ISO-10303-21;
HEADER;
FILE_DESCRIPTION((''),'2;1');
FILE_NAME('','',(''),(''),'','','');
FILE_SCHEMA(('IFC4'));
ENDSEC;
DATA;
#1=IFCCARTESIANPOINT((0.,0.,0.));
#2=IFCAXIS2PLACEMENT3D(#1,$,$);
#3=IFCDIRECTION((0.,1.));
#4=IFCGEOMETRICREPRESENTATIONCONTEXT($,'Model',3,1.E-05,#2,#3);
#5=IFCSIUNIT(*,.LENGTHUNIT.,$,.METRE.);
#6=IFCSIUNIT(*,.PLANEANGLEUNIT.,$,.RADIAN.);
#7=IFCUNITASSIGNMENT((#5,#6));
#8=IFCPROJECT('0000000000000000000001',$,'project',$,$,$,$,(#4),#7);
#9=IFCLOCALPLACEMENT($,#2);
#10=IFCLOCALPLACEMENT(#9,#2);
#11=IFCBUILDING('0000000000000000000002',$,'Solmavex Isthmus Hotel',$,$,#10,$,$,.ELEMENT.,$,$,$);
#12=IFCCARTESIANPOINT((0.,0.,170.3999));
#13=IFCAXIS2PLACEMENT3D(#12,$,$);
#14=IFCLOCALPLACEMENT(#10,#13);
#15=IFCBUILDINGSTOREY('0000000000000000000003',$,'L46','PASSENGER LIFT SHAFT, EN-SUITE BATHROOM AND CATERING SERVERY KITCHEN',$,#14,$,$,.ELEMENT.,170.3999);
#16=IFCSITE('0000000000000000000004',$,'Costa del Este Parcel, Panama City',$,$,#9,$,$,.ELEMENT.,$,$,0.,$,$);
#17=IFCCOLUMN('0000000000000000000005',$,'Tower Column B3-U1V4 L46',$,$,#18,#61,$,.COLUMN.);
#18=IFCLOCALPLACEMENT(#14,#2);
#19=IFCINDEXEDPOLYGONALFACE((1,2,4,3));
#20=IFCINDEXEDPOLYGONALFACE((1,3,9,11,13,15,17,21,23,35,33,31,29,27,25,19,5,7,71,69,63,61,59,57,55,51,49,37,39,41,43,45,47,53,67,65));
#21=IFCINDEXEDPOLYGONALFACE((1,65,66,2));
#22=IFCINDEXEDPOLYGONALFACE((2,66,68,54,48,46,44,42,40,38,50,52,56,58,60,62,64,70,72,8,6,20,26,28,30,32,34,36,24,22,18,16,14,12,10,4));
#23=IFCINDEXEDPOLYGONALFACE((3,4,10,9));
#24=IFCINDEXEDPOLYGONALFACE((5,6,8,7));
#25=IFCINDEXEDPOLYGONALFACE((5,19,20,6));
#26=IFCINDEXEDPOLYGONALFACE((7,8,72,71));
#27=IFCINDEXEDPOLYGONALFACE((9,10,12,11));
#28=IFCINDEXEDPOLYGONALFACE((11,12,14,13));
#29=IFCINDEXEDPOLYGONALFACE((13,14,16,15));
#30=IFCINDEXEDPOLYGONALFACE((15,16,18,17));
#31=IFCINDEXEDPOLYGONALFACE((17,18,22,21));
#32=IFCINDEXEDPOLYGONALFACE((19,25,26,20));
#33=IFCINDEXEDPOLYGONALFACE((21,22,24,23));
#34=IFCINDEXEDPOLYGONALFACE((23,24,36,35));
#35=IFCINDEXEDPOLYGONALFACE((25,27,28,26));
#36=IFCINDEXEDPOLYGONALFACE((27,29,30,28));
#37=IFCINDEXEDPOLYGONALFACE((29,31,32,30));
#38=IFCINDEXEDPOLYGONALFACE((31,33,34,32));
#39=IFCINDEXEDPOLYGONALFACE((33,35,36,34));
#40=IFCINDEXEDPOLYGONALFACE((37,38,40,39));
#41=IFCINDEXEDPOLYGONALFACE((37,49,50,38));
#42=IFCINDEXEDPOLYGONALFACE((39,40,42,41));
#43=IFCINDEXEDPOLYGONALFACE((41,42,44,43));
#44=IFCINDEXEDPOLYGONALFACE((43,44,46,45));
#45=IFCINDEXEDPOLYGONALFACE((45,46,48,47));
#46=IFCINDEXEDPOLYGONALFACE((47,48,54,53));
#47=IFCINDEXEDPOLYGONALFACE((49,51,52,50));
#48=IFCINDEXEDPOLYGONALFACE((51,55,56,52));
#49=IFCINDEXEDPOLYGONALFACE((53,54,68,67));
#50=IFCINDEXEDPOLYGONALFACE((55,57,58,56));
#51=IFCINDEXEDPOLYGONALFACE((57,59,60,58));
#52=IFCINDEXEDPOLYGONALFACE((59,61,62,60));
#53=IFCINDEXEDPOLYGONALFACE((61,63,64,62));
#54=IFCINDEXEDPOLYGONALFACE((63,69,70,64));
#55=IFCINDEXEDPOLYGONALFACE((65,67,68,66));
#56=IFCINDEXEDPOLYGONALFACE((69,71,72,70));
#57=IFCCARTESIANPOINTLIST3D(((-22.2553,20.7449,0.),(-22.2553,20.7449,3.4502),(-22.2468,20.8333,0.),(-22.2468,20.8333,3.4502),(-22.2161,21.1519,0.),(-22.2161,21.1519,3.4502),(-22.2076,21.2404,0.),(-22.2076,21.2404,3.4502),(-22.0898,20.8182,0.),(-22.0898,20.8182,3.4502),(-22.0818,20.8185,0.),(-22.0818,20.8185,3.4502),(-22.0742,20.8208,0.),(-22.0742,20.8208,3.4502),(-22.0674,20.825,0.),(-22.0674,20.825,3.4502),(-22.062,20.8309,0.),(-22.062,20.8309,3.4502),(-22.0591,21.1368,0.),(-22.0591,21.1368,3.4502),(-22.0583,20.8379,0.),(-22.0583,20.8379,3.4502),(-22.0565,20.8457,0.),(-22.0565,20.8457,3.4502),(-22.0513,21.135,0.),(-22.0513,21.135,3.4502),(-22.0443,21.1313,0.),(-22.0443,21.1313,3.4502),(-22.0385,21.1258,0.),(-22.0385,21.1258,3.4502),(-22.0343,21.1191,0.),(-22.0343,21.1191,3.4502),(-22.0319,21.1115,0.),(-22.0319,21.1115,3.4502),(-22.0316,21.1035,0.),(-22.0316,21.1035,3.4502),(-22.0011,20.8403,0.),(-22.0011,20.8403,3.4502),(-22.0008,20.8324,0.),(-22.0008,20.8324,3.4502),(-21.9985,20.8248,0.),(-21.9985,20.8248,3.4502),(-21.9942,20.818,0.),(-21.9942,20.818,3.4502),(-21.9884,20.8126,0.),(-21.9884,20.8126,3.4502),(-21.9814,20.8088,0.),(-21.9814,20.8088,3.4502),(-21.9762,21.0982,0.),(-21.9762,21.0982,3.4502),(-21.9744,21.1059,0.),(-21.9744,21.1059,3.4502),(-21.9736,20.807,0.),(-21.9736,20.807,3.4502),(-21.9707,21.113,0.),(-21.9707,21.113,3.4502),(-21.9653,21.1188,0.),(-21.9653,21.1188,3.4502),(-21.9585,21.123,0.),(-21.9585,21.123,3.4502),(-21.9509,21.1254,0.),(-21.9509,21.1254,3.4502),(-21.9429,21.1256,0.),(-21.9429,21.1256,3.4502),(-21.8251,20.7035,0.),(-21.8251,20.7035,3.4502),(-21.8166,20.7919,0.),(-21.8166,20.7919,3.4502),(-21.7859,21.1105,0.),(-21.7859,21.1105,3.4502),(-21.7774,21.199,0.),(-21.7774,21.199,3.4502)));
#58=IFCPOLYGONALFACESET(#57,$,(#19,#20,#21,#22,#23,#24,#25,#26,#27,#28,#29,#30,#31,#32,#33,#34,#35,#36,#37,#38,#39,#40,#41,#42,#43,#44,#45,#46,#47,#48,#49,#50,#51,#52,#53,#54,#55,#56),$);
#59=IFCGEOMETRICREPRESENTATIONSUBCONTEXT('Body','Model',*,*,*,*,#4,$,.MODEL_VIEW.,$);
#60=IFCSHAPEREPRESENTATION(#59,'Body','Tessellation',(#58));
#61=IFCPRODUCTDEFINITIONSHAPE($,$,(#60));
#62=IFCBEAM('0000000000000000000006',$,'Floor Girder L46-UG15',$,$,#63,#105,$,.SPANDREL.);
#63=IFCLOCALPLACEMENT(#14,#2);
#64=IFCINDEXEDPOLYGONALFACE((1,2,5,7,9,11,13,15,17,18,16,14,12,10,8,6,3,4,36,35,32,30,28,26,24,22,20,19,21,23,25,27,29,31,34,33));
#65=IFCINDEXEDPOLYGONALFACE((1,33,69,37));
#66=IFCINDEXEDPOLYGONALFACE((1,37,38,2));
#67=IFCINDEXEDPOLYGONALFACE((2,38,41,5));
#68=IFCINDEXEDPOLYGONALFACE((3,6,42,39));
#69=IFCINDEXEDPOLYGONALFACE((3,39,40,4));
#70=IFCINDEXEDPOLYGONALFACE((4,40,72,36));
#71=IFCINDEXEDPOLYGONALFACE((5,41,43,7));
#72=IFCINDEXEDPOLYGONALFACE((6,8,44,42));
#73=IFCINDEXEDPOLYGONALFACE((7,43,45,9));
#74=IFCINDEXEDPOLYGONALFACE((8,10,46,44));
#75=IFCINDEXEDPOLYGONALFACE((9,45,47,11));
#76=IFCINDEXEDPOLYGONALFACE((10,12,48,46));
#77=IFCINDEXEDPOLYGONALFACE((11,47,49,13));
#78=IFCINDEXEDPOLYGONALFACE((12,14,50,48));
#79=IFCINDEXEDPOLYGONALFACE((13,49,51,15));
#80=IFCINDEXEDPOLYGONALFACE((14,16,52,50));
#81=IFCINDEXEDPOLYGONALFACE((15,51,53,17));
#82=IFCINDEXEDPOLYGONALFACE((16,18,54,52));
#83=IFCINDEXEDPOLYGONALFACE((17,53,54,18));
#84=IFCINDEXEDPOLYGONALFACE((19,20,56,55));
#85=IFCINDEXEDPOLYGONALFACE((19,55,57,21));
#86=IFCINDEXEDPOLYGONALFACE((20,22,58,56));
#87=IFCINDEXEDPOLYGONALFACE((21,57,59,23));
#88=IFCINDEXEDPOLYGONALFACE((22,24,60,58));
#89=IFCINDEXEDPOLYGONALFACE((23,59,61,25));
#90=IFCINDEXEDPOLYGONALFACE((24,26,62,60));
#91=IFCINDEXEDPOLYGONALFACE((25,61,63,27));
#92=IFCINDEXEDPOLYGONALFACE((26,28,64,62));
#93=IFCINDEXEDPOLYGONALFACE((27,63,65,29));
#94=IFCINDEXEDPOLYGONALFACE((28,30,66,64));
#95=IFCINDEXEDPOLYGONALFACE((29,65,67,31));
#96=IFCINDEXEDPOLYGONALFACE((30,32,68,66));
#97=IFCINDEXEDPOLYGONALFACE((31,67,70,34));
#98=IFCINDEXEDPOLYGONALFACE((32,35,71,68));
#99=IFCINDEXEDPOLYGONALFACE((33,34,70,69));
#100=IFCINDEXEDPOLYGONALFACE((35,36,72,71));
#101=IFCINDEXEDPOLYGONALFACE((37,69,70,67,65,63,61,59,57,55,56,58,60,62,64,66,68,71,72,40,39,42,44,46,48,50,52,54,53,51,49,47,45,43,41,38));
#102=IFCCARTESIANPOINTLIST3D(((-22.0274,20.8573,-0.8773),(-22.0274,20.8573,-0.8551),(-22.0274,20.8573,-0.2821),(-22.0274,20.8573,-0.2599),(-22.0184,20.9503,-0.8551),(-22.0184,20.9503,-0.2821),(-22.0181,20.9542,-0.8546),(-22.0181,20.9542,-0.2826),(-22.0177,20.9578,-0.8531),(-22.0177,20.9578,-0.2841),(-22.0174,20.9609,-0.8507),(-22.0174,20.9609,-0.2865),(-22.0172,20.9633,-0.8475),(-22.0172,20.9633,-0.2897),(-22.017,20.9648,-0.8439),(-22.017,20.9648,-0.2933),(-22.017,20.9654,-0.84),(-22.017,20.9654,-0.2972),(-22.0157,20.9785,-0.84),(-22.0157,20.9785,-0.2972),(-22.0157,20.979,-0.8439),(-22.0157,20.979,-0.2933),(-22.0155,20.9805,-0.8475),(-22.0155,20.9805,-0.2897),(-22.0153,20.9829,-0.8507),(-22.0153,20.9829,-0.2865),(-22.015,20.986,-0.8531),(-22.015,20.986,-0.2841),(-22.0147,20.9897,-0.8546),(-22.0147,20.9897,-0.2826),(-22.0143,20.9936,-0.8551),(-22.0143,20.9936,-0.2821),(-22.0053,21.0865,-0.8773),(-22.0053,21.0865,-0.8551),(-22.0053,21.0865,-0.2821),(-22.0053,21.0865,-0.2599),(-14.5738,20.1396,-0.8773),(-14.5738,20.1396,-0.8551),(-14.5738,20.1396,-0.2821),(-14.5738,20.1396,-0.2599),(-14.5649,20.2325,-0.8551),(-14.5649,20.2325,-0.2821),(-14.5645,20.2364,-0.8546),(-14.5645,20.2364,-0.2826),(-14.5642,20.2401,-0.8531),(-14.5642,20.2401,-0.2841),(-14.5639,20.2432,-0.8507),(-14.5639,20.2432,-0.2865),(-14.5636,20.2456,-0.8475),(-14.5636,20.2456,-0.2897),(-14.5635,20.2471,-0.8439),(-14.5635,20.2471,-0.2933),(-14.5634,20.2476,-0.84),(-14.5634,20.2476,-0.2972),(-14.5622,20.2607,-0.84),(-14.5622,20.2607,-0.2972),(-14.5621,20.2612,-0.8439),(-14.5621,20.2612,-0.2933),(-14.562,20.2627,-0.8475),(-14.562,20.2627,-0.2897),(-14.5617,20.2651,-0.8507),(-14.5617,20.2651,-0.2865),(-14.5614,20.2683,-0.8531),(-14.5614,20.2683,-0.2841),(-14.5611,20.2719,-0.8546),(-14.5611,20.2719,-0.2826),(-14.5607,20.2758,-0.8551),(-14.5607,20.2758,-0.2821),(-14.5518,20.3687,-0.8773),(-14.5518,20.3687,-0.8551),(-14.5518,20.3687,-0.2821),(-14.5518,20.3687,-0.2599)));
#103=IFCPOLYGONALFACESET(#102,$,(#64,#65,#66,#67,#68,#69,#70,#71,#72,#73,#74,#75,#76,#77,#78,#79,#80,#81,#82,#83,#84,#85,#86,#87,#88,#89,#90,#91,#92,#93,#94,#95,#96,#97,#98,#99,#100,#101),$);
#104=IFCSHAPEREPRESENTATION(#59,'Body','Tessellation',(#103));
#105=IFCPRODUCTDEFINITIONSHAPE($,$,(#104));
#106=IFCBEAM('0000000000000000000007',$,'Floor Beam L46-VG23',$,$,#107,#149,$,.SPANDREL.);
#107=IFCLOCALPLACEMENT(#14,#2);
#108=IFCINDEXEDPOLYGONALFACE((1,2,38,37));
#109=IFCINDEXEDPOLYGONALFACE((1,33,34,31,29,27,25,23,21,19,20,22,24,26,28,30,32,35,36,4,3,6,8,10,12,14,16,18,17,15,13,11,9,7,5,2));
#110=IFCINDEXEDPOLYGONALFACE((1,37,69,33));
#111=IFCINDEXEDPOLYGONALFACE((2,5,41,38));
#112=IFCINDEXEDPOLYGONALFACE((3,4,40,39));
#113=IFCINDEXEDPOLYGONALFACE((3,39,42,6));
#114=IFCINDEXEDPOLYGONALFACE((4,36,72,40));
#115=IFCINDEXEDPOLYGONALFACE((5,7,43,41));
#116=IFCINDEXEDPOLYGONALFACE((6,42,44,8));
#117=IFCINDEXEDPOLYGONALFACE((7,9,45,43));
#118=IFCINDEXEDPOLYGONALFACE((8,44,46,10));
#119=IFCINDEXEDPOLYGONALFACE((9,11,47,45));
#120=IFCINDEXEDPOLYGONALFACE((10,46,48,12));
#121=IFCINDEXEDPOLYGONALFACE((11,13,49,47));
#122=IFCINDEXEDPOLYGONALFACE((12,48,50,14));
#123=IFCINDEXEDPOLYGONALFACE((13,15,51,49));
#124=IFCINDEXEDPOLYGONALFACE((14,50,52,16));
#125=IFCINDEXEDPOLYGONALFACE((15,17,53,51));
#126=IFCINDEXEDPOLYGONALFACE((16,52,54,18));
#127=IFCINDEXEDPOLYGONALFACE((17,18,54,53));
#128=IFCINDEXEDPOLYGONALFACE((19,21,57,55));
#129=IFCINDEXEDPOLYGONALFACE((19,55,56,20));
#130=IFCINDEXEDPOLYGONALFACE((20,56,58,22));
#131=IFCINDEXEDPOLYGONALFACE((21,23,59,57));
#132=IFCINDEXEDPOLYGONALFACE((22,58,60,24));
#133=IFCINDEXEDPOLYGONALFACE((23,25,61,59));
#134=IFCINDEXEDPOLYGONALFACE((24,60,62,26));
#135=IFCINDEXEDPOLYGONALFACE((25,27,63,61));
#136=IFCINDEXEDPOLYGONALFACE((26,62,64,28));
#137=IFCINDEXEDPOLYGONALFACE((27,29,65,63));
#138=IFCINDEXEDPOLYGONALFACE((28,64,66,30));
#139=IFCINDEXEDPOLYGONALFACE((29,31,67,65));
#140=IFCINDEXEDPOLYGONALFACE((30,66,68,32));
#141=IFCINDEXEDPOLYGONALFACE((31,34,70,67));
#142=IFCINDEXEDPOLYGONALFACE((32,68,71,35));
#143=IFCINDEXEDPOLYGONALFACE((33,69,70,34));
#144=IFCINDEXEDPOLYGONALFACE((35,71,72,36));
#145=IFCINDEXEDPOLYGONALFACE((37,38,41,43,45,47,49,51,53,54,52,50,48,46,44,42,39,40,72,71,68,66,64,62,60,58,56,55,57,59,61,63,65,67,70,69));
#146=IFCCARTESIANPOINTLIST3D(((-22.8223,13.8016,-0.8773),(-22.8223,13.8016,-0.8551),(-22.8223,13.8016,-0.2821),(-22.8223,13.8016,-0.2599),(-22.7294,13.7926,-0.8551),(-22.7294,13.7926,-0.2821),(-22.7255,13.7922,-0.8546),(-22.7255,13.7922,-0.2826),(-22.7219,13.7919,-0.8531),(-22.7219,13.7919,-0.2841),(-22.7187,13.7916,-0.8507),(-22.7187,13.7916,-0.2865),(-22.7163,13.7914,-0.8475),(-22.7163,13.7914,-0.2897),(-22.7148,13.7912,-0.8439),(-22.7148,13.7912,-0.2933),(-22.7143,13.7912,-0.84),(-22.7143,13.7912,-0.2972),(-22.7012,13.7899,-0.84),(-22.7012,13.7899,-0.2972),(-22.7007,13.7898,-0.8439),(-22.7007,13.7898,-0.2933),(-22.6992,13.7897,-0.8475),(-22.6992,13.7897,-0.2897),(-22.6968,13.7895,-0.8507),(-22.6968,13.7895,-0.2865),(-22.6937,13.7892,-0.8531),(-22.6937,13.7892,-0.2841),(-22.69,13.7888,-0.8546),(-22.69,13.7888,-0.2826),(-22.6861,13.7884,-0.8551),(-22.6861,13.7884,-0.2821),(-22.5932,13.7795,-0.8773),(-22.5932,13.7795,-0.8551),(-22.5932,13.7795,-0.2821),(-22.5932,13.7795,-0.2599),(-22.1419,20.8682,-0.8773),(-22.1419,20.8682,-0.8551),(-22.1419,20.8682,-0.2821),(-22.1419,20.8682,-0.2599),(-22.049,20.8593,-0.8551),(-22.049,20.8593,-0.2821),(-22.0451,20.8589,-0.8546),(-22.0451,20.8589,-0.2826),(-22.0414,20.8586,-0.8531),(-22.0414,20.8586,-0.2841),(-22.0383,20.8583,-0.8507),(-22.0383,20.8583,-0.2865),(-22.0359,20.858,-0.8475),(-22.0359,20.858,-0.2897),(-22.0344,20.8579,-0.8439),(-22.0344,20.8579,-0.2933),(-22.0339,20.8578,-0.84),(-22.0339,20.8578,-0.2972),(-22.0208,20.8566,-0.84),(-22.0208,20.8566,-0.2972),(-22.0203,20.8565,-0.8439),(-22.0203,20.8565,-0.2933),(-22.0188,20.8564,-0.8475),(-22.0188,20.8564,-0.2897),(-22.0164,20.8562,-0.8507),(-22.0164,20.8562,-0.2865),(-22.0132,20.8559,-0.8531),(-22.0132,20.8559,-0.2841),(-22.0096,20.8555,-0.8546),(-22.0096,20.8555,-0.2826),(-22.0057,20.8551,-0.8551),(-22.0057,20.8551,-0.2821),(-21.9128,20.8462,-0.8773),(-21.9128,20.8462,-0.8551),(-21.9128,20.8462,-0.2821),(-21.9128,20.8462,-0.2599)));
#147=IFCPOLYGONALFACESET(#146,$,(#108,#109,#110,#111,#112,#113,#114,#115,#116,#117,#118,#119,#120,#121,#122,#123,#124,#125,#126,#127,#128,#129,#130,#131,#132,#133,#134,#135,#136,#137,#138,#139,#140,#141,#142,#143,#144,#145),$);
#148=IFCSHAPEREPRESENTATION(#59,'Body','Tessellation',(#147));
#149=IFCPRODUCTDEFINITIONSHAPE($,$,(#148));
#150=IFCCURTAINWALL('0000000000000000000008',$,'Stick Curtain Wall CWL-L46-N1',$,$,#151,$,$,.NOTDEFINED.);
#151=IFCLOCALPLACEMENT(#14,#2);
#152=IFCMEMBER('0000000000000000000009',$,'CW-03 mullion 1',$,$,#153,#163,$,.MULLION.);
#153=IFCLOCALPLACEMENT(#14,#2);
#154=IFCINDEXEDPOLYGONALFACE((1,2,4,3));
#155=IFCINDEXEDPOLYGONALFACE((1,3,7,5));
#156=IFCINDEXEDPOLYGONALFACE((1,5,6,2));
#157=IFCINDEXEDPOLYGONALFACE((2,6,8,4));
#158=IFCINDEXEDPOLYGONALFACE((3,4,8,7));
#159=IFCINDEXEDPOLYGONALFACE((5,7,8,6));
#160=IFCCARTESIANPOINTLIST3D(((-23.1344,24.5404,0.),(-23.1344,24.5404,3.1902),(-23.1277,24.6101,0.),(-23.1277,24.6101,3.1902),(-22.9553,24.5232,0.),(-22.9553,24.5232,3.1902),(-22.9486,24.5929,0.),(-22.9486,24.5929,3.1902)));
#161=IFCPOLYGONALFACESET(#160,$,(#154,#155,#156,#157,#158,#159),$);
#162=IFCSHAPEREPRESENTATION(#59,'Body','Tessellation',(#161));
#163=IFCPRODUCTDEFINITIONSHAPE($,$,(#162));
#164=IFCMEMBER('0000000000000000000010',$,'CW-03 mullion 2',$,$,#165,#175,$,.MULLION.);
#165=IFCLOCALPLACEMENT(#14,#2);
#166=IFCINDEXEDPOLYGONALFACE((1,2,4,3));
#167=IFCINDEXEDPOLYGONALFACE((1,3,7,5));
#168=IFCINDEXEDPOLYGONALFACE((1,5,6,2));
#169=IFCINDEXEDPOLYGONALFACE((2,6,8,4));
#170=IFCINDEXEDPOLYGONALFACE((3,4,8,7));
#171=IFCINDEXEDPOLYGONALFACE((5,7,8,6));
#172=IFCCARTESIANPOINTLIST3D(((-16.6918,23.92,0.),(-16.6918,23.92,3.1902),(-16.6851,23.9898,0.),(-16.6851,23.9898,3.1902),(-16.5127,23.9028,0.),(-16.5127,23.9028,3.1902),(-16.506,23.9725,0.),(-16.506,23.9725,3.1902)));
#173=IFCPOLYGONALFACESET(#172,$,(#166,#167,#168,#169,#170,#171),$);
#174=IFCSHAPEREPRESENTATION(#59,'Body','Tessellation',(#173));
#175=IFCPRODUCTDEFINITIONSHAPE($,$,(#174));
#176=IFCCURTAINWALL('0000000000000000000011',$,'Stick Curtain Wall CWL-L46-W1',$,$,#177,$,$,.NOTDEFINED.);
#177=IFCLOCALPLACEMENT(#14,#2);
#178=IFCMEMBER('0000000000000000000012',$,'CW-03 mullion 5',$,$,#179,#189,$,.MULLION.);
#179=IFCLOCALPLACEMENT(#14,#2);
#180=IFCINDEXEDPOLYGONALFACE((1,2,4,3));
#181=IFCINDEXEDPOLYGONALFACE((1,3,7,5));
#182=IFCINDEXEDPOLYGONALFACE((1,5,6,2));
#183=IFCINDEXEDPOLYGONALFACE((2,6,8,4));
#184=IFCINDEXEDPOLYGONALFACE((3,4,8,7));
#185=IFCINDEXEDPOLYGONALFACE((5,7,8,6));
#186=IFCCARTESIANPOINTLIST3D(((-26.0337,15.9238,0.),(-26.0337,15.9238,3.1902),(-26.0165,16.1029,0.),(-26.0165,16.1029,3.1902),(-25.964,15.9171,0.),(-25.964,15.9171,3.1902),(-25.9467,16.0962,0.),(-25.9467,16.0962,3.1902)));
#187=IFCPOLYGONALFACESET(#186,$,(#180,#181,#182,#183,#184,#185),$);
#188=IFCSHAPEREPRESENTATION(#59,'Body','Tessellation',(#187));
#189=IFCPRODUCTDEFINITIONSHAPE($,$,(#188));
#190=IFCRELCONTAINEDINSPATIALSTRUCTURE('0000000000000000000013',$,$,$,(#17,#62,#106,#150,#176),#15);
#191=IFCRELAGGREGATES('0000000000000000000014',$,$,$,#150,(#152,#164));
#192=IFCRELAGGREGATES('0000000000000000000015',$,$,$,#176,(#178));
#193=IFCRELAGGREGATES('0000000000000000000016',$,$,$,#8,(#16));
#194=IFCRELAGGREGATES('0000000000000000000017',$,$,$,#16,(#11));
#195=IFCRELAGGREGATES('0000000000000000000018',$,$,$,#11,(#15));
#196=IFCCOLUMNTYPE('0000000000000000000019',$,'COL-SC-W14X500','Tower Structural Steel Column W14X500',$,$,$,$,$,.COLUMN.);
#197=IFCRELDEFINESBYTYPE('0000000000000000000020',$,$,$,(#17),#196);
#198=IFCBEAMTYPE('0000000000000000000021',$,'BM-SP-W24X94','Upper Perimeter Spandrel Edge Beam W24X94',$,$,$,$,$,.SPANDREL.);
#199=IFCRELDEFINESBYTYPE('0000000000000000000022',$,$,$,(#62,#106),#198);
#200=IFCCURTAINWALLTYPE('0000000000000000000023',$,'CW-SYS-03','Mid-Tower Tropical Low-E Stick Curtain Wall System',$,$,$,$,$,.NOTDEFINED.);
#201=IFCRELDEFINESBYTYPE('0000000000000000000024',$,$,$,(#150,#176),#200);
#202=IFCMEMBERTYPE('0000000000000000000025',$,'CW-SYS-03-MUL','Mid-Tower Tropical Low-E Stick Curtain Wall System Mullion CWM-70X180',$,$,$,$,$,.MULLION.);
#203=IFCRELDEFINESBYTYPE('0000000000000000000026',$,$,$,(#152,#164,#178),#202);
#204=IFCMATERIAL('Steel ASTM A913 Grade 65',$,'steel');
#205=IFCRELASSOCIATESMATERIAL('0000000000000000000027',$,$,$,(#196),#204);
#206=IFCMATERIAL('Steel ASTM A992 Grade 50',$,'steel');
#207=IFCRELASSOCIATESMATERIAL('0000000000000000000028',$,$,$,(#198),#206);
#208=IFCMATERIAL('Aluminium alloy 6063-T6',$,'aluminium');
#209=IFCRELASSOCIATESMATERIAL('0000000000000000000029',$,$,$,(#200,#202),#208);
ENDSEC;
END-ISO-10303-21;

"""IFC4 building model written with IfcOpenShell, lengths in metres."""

from ifc_helpers import new_model, si_unit, direction, frame, origin, origin_2d, place, context, subcontext, project, spatial, rectangle, i_section, extrude, material, material_profile, profile_set, type_object, element, aggregate, save


model = new_model("IFC4")

# Units and contexts
model_context = context("Model", 3, precision=1e-05, world=origin(), true_north=direction((0.0, 1.0)))
body_context = subcontext(model_context, "Body", "Model", "MODEL_VIEW")
ifc_project = project(units=[si_unit("LENGTHUNIT", "METRE"), si_unit("PLANEANGLEUNIT", "RADIAN")], contexts=[model_context])

# Site, building, storey
site_placement = place(None, origin())
site = spatial("IfcSite", under=ifc_project, at=site_placement, Name="Costa del Este Parcel, Panama City", CompositionType="ELEMENT", RefElevation=0.0)
building_placement = place(site_placement, origin())
building = spatial("IfcBuilding", under=site, at=building_placement, Name="Solmavex Isthmus Hotel", CompositionType="ELEMENT")
storey_placement = place(building_placement, frame((0.0, 0.0, 170.3999)))
storey = spatial("IfcBuildingStorey", under=building, at=storey_placement, Name="L46", Description="PASSENGER LIFT SHAFT, EN-SUITE BATHROOM AND CATERING SERVERY KITCHEN", CompositionType="ELEMENT", Elevation=170.3999)

# Column
ifc_material_1 = material(Name="Steel ASTM A913 Grade 65", Category="steel")
ifc_material_profile_1 = material_profile(ifc_material_1, i_section(OverallWidth=0.4321, OverallDepth=0.4978, WebThickness=0.0557, FlangeThickness=0.0889, FilletRadius=0.0305, at=origin_2d()), Name="W14X500")
ifc_profile_set_1 = profile_set([ifc_material_profile_1], Name="Steel ASTM A913 Grade 65")
column_type = type_object("IfcColumnType", Name="COL-SC-W14X500", Description="Tower Structural Steel Column W14X500", PredefinedType="COLUMN", material=ifc_profile_set_1)
column_placement = place(storey_placement, frame((-22.0164, 20.9719, 0.0), z_axis=(0.0, 0.0, 1.0), x_axis=(0.995396, -0.095846, 0.0)))
element("IfcColumn", 1, at=column_placement, inside=storey, type_object=column_type, Name="Tower Column B3-U1V4 L46", PredefinedType="COLUMN", context=body_context, shape_type="SweptSolid", body=[
    extrude(i_section(OverallWidth=0.4321, OverallDepth=0.4978, WebThickness=0.0557, FlangeThickness=0.0889, FilletRadius=0.0305, at=origin_2d()), origin(), (0.0, 0.0, 1.0), 3.4502),
])

# Beams
ifc_material_2 = material(Name="Steel ASTM A992 Grade 50", Category="steel")
ifc_material_profile_2 = material_profile(ifc_material_2, i_section(OverallWidth=0.2302, OverallDepth=0.6174, WebThickness=0.0132, FlangeThickness=0.0222, FilletRadius=0.0151, at=origin_2d()), Name="W24X94")
ifc_profile_set_2 = profile_set([ifc_material_profile_2], Name="Steel ASTM A992 Grade 50")
beam_type = type_object("IfcBeamType", Name="BM-SP-W24X94", Description="Upper Perimeter Spandrel Edge Beam W24X94", PredefinedType="SPANDREL", material=ifc_profile_set_2)
beam_1_placement = place(storey_placement, frame((-22.0164, 20.9719, -0.5686), z_axis=(0.995395, -0.095855, 0.0), x_axis=(0.095855, 0.995395, 0.0)))
element("IfcBeam", 2, at=beam_1_placement, inside=storey, type_object=beam_type, Name="Floor Girder L46-UG15", PredefinedType="SPANDREL", context=body_context, shape_type="SweptSolid", body=[
    extrude(i_section(OverallWidth=0.2302, OverallDepth=0.6174, WebThickness=0.0132, FlangeThickness=0.0222, FilletRadius=0.0151, at=origin_2d()), origin(), (0.0, 0.0, 1.0), 7.488),
])
beam_2_placement = place(storey_placement, frame((-22.7078, 13.7905, -0.5686), z_axis=(0.095843, 0.995396, 0.0), x_axis=(-0.995396, 0.095843, 0.0)))
element("IfcBeam", 3, at=beam_2_placement, inside=storey, type_object=beam_type, Name="Floor Beam L46-VG23", PredefinedType="SPANDREL", context=body_context, shape_type="SweptSolid", body=[
    extrude(i_section(OverallWidth=0.2302, OverallDepth=0.6174, WebThickness=0.0132, FlangeThickness=0.0222, FilletRadius=0.0151, at=origin_2d()), origin(), (0.0, 0.0, 1.0), 7.0994),
])

# Curtain walls, members
ifc_material_3 = material(Name="Aluminium alloy 6063-T6", Category="aluminium")
curtain_wall_type = type_object("IfcCurtainWallType", Name="CW-SYS-03", Description="Mid-Tower Tropical Low-E Stick Curtain Wall System", PredefinedType="NOTDEFINED", material=ifc_material_3)
curtain_wall_1_placement = place(storey_placement, origin())
curtain_wall_1 = element("IfcCurtainWall", 4, at=curtain_wall_1_placement, inside=storey, type_object=curtain_wall_type, Name="Stick Curtain Wall CWL-L46-N1", PredefinedType="NOTDEFINED")
ifc_material_profile_3 = material_profile(ifc_material_3, rectangle(XDim=0.0701, YDim=0.1799, at=origin_2d()), Name="CWM-70X180")
ifc_profile_set_3 = profile_set([ifc_material_profile_3], Name="Aluminium alloy 6063-T6")
member_type_1 = type_object("IfcMemberType", Name="CW-SYS-03-MUL", Description="Mid-Tower Tropical Low-E Stick Curtain Wall System Mullion CWM-70X180", PredefinedType="MULLION", material=ifc_profile_set_3)
member_1_placement = place(storey_placement, frame((-23.0415, 24.5667, 0.0), z_axis=(0.0, 0.0, 1.0), x_axis=(0.095846, 0.995396, 0.0)))
member_1 = element("IfcMember", 5, at=member_1_placement, type_object=member_type_1, Name="CW-03 mullion 1", PredefinedType="MULLION", context=body_context, shape_type="SweptSolid", body=[
    extrude(rectangle(XDim=0.0701, YDim=0.1799, at=origin_2d()), origin(), (0.0, 0.0, 1.0), 3.1902),
])
member_2_placement = place(storey_placement, frame((-16.5989, 23.9463, 0.0), z_axis=(0.0, 0.0, 1.0), x_axis=(0.095846, 0.995396, 0.0)))
member_2 = element("IfcMember", 6, at=member_2_placement, type_object=member_type_1, Name="CW-03 mullion 2", PredefinedType="MULLION", context=body_context, shape_type="SweptSolid", body=[
    extrude(rectangle(XDim=0.0701, YDim=0.1799, at=origin_2d()), origin(), (0.0, 0.0, 1.0), 3.1902),
])
curtain_wall_2_placement = place(storey_placement, origin())
curtain_wall_2 = element("IfcCurtainWall", 7, at=curtain_wall_2_placement, inside=storey, type_object=curtain_wall_type, Name="Stick Curtain Wall CWL-L46-W1", PredefinedType="NOTDEFINED")
member_3_placement = place(storey_placement, frame((-25.9902, 16.01, 0.0), z_axis=(0.0, 0.0, 1.0), x_axis=(-0.995396, 0.095846, 0.0)))
member_3 = element("IfcMember", 8, at=member_3_placement, type_object=member_type_1, Name="CW-03 mullion 5", PredefinedType="MULLION", context=body_context, shape_type="SweptSolid", body=[
    extrude(rectangle(XDim=0.0701, YDim=0.1799, at=origin_2d()), origin(), (0.0, 0.0, 1.0), 3.1902),
])

aggregate(curtain_wall_1, [member_1, member_2])
aggregate(curtain_wall_2, [member_3])

save(model, "model.ifc")
